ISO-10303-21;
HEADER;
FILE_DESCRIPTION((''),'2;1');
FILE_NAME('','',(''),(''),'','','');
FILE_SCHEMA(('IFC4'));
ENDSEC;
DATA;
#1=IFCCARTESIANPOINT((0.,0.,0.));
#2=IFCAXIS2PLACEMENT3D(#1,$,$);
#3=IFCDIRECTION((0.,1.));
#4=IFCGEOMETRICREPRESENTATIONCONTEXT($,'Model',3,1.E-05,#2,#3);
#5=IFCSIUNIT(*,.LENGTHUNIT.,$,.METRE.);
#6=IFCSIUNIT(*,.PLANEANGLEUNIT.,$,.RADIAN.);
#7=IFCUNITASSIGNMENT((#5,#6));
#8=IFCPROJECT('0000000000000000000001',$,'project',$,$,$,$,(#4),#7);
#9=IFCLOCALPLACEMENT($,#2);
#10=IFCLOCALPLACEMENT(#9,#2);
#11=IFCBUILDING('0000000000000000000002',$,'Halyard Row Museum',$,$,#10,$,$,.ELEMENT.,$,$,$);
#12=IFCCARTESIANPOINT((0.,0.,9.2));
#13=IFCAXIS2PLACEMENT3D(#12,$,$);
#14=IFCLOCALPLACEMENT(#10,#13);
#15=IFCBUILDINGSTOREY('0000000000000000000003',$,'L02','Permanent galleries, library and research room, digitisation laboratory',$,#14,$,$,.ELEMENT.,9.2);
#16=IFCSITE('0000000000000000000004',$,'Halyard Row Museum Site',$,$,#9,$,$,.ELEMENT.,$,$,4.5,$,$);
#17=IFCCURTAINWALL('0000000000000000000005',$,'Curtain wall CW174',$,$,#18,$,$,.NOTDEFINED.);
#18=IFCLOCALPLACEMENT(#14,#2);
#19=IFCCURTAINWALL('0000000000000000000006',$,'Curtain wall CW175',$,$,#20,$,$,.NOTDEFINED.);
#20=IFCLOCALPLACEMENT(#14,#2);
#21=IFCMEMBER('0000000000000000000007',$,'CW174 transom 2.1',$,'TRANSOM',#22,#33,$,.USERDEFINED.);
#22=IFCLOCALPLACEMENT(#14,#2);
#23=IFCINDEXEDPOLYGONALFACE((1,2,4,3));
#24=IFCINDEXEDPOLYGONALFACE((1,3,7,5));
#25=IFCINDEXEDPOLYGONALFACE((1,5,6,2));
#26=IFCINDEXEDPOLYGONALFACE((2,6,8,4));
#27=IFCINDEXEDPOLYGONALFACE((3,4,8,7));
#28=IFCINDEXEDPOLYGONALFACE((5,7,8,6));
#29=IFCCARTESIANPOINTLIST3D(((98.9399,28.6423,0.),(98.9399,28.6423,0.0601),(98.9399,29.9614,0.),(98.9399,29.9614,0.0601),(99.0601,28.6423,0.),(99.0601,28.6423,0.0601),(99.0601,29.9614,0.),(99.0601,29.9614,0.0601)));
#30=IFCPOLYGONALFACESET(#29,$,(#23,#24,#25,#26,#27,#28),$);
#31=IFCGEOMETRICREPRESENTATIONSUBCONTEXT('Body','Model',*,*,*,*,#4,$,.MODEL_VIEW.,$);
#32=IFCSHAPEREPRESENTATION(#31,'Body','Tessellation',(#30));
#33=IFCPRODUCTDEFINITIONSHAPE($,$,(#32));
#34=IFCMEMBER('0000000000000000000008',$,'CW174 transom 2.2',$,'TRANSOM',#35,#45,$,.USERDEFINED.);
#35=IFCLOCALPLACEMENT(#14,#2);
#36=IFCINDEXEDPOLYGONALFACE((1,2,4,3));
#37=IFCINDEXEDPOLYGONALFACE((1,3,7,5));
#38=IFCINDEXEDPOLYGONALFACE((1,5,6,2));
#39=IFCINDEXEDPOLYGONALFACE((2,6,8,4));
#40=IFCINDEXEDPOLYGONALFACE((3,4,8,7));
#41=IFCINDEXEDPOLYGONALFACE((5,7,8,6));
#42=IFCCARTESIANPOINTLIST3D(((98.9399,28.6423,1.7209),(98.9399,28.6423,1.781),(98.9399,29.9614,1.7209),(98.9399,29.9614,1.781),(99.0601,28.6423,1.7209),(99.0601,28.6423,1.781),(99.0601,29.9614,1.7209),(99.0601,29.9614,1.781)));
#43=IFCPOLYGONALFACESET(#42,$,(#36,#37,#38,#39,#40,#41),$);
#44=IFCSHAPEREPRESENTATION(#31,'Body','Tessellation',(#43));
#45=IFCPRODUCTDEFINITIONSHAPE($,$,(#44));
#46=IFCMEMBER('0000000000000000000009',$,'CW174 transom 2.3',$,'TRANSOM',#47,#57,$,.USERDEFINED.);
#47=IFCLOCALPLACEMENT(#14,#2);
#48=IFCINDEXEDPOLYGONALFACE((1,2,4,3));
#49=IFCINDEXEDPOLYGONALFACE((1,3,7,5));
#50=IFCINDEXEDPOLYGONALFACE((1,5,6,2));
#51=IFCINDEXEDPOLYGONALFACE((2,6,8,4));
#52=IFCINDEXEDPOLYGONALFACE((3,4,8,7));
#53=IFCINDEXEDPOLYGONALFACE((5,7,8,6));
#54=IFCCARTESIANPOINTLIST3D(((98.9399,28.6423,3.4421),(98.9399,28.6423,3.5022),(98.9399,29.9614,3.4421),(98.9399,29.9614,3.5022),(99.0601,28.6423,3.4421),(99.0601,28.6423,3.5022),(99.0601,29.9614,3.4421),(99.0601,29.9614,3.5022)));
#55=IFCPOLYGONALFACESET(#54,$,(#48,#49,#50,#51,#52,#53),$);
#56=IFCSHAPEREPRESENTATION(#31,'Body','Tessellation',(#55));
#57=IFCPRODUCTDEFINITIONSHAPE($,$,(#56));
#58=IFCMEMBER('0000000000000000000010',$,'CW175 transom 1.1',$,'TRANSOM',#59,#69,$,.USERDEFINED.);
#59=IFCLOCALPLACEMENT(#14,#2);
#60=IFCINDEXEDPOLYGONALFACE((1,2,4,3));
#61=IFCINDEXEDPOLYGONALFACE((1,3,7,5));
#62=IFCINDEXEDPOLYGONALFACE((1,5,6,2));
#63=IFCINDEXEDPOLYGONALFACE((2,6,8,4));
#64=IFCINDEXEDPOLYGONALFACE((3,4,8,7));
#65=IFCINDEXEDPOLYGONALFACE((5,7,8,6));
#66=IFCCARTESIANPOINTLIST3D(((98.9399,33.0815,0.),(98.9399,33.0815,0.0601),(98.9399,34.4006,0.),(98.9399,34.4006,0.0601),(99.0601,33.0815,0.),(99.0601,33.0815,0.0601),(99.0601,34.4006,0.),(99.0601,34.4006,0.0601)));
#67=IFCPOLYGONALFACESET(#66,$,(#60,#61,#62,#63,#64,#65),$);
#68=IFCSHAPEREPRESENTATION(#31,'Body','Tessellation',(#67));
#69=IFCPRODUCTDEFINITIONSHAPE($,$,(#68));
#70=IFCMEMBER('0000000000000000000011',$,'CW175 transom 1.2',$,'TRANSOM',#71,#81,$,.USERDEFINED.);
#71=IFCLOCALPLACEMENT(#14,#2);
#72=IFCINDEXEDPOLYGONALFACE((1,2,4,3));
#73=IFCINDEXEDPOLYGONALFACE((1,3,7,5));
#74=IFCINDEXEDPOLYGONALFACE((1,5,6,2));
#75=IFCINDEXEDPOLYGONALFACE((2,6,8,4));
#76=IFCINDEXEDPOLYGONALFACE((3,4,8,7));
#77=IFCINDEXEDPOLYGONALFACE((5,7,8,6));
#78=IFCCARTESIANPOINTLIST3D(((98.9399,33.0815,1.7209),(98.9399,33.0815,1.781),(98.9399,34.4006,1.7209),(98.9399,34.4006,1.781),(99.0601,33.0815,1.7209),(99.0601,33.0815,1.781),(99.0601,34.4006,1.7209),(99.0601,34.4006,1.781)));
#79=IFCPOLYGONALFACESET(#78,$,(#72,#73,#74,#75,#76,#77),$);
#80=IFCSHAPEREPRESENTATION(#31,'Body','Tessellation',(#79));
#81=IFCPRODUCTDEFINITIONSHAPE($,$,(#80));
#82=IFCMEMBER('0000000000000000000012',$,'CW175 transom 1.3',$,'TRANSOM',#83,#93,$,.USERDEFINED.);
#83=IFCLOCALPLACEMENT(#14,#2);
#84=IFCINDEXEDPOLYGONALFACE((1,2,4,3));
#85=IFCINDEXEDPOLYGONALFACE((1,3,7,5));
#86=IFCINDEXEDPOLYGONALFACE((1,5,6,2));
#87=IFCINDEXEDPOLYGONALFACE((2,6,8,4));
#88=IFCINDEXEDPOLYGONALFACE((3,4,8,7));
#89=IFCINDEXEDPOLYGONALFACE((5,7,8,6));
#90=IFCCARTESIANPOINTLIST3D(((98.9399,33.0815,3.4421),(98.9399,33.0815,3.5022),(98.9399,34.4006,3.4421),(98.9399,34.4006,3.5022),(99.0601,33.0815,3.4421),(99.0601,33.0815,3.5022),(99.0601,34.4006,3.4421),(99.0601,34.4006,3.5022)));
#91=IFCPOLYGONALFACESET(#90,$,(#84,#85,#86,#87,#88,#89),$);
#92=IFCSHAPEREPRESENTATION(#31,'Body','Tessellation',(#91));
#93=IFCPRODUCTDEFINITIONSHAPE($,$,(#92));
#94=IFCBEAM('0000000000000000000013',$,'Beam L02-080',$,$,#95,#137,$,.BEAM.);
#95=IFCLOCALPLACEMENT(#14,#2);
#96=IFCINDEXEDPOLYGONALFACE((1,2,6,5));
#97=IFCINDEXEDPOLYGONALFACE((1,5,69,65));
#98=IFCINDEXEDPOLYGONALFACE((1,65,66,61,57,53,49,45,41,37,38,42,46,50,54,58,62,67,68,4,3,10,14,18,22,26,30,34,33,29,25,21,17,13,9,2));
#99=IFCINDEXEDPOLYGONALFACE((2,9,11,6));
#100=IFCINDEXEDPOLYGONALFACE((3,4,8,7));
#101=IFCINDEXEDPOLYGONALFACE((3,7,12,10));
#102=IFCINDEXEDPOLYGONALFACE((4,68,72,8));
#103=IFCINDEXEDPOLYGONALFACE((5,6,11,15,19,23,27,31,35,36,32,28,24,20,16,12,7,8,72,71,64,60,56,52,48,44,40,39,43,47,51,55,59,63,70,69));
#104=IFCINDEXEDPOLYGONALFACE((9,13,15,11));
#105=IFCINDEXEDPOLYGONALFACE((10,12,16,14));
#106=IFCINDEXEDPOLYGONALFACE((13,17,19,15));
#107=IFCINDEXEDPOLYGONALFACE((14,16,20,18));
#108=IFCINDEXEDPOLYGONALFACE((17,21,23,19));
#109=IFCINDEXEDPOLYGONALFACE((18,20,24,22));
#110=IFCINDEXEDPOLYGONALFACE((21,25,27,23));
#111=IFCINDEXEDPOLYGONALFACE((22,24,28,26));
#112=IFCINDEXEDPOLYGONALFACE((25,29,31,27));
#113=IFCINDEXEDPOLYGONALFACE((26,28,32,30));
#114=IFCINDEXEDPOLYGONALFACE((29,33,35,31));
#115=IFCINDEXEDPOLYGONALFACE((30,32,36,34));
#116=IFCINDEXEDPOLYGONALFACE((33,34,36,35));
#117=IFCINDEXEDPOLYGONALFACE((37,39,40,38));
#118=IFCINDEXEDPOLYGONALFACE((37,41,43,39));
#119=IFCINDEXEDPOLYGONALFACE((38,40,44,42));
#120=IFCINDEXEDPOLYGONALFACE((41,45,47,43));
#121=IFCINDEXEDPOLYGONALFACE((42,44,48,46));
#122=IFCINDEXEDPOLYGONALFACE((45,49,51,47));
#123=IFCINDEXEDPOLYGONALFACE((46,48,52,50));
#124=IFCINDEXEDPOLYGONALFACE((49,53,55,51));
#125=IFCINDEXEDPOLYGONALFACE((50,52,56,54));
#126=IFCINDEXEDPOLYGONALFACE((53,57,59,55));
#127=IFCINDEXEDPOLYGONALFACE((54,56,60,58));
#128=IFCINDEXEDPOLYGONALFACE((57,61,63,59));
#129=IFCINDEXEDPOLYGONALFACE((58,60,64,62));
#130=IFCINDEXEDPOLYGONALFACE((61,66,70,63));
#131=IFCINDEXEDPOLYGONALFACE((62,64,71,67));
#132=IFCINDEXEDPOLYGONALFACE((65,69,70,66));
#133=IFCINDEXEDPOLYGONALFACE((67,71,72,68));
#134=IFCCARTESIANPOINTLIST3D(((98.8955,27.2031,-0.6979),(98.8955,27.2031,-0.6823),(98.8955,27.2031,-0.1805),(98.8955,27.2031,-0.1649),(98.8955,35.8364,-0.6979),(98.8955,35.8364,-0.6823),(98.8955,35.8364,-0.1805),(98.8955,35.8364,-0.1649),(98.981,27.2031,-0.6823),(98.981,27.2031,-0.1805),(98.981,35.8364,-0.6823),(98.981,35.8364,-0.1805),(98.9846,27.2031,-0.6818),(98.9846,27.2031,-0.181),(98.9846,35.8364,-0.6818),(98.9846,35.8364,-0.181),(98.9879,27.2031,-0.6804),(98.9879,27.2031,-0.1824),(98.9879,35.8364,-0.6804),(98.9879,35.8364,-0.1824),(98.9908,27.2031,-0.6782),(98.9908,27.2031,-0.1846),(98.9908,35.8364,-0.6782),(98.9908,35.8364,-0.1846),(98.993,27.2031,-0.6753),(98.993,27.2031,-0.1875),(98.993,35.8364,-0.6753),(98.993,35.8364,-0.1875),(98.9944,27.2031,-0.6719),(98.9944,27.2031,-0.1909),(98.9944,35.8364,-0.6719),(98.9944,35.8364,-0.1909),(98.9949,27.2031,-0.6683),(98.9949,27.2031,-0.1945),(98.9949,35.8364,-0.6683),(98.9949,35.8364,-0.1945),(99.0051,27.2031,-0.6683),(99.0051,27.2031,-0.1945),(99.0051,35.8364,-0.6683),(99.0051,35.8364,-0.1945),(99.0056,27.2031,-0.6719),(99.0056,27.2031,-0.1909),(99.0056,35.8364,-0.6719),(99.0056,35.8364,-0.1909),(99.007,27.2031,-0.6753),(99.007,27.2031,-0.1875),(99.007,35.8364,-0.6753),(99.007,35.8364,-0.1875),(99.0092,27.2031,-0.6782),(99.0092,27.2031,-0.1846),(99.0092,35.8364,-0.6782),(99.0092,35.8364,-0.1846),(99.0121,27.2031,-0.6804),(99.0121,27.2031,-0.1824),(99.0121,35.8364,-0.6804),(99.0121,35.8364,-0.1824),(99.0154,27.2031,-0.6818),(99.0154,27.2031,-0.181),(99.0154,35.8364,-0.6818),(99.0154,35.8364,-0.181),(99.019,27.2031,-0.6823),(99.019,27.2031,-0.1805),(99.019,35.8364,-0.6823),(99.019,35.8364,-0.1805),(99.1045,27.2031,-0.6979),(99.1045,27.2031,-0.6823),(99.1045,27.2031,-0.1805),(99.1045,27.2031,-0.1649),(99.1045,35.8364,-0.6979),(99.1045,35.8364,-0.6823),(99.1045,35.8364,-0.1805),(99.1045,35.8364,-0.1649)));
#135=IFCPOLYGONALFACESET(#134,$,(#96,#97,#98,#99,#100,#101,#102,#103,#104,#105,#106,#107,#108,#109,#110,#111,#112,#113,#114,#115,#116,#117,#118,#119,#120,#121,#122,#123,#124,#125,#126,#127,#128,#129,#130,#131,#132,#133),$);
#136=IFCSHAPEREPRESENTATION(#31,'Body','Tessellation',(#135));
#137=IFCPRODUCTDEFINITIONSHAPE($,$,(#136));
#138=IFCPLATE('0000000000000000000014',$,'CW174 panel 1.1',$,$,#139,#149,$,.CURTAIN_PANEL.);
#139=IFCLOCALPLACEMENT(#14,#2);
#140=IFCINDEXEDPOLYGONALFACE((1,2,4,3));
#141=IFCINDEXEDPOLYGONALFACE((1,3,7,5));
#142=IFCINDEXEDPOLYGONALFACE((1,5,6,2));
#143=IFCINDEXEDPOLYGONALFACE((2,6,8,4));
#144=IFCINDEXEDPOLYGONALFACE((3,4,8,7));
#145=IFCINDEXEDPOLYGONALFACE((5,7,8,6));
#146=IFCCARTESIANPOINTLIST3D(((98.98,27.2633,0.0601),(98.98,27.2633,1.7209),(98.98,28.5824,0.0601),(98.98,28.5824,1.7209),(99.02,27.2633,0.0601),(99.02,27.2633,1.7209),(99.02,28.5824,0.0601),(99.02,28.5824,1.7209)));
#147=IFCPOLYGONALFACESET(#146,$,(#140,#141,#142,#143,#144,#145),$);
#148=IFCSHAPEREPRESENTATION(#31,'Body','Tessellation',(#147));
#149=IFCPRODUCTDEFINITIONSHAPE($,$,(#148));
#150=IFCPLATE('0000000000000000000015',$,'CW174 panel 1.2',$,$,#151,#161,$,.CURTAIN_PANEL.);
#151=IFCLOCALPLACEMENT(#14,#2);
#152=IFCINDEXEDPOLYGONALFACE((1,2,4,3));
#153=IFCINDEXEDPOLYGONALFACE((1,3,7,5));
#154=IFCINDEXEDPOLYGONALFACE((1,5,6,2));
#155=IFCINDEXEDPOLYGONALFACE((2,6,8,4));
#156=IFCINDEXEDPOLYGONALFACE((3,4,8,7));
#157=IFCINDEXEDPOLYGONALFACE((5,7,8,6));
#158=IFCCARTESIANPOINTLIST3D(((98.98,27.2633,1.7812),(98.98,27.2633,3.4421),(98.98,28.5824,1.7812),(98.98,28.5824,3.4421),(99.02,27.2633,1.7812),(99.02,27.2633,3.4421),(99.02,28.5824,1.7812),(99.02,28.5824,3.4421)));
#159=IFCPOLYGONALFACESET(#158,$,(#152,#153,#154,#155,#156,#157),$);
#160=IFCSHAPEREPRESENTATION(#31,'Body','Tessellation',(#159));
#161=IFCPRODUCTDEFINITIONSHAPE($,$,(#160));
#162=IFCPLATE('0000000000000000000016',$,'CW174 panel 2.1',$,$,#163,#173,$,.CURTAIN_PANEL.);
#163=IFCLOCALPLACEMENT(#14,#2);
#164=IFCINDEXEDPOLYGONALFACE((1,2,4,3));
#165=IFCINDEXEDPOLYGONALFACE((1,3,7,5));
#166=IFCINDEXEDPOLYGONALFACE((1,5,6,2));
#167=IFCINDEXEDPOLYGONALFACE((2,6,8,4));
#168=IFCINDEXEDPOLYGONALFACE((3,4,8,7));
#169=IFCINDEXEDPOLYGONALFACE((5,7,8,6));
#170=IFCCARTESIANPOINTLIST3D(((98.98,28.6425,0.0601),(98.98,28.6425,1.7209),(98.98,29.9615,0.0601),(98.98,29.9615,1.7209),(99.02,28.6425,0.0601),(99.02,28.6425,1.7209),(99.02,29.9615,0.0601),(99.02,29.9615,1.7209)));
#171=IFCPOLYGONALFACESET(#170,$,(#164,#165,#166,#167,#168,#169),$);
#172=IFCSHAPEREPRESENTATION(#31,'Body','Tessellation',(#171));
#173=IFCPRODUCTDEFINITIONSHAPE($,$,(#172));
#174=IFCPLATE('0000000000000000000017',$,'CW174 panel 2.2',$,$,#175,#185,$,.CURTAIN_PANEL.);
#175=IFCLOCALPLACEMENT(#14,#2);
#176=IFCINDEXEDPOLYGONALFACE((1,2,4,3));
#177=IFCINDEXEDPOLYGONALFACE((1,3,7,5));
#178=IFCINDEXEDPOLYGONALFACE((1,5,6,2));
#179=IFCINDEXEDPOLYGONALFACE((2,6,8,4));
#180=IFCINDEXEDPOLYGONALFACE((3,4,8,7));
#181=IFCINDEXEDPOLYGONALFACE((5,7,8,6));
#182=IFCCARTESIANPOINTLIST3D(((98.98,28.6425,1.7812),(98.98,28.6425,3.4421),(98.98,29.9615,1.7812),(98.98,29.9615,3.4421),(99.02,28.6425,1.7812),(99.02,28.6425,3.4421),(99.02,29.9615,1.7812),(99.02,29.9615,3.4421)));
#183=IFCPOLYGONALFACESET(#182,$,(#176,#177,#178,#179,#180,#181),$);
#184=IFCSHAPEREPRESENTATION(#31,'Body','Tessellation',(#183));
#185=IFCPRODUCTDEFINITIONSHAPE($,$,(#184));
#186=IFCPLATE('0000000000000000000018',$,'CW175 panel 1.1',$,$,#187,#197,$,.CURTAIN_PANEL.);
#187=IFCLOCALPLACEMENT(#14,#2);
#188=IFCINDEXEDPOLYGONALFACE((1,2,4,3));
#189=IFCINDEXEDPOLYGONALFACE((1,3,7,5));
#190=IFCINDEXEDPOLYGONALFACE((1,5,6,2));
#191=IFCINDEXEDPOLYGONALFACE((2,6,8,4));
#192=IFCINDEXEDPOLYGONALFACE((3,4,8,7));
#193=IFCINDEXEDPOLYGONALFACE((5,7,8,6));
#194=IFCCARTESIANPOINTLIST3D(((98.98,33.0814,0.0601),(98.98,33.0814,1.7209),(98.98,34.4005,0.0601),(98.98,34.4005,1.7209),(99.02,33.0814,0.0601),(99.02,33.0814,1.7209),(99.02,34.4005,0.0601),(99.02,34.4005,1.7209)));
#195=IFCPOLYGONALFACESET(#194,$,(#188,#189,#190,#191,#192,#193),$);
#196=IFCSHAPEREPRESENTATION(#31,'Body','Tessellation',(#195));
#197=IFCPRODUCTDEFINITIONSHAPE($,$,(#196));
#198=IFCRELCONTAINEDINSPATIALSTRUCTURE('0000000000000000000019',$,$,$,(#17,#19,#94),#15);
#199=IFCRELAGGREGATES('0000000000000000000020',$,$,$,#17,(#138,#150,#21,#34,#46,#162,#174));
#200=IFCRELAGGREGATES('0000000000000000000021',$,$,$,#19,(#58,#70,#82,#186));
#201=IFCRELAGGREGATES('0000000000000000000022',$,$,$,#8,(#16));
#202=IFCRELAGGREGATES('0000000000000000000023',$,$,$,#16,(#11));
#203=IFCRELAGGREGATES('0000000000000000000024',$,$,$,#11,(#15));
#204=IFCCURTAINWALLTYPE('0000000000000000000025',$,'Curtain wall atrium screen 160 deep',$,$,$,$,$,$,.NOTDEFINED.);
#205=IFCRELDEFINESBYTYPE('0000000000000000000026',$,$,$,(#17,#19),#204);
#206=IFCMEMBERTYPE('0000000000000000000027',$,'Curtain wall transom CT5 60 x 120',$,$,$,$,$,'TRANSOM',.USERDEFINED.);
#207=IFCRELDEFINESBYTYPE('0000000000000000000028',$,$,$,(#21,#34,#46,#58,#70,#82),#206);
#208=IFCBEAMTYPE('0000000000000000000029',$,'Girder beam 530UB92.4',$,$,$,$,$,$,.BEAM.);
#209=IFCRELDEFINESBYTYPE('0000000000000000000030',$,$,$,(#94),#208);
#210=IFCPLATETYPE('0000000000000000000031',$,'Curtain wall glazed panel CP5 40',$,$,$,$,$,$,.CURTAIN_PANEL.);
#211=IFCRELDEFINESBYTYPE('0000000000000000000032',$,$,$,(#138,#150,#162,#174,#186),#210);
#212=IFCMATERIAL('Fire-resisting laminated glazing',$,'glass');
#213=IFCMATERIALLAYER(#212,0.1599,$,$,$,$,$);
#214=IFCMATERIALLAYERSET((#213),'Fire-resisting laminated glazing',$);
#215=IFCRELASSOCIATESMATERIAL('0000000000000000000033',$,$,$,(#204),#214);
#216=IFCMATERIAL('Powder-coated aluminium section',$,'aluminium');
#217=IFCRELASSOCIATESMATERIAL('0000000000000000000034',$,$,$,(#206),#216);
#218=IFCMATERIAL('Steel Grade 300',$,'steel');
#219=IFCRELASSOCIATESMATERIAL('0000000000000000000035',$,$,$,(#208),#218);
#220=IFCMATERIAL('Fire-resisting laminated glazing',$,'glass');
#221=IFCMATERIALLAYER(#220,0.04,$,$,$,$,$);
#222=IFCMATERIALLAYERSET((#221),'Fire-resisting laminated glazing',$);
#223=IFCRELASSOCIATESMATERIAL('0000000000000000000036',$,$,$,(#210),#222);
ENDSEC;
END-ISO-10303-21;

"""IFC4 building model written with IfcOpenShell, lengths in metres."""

from ifc_helpers import new_model, si_unit, direction, frame, origin, origin_2d, place, context, subcontext, project, spatial, rectangle, i_section, extrude, material, layer, layer_set, material_profile, profile_set, type_object, element, aggregate, save


model = new_model("IFC4")

# Units and contexts
model_context = context("Model", 3, precision=1e-05, world=origin(), true_north=direction((0.0, 1.0)))
body_context = subcontext(model_context, "Body", "Model", "MODEL_VIEW")
ifc_project = project(units=[si_unit("LENGTHUNIT", "METRE"), si_unit("PLANEANGLEUNIT", "RADIAN")], contexts=[model_context])

# Site, building, storey
site_placement = place(None, origin())
site = spatial("IfcSite", under=ifc_project, at=site_placement, Name="Halyard Row Museum Site", CompositionType="ELEMENT", RefElevation=4.5)
building_placement = place(site_placement, origin())
building = spatial("IfcBuilding", under=site, at=building_placement, Name="Halyard Row Museum", CompositionType="ELEMENT")
storey_placement = place(building_placement, frame((0.0, 0.0, 9.2)))
storey = spatial("IfcBuildingStorey", under=building, at=storey_placement, Name="L02", Description="Permanent galleries, library and research room, digitisation laboratory", CompositionType="ELEMENT", Elevation=9.2)

# Shared definitions
ifc_material_1 = material(Name="Fire-resisting laminated glazing", Category="glass")
ifc_layer_1 = layer(ifc_material_1, 0.1599)
ifc_layer_set_1 = layer_set([ifc_layer_1], Name="Fire-resisting laminated glazing")
curtain_wall_type = type_object("IfcCurtainWallType", Name="Curtain wall atrium screen 160 deep", PredefinedType="NOTDEFINED", material=ifc_layer_set_1)

# Curtain wall
curtain_wall_1_placement = place(storey_placement, origin())
curtain_wall_1 = element("IfcCurtainWall", 1, at=curtain_wall_1_placement, inside=storey, type_object=curtain_wall_type, Name="Curtain wall CW174", PredefinedType="NOTDEFINED")

# Curtain wall
curtain_wall_2_placement = place(storey_placement, origin())
curtain_wall_2 = element("IfcCurtainWall", 2, at=curtain_wall_2_placement, inside=storey, type_object=curtain_wall_type, Name="Curtain wall CW175", PredefinedType="NOTDEFINED")

# Members
ifc_material_2 = material(Name="Powder-coated aluminium section", Category="aluminium")
ifc_material_profile_1 = material_profile(ifc_material_2, rectangle(XDim=0.1201, YDim=0.0601, at=origin_2d()), Name="120x60 transom")
ifc_profile_set_1 = profile_set([ifc_material_profile_1], Name="Powder-coated aluminium section")
member_type_1 = type_object("IfcMemberType", Name="Curtain wall transom CT5 60 x 120", ElementType="TRANSOM", PredefinedType="USERDEFINED", material=ifc_profile_set_1)
member_1_placement = place(storey_placement, frame((99.0, 28.6423, 0.03), z_axis=(0.0, 1.0, 0.0), x_axis=(-1.0, 0.0, 0.0)))
member_1 = element("IfcMember", 3, at=member_1_placement, type_object=member_type_1, Name="CW174 transom 2.1", ObjectType="TRANSOM", PredefinedType="USERDEFINED", context=body_context, shape_type="SweptSolid", body=[
    extrude(rectangle(XDim=0.1201, YDim=0.0601, at=origin_2d()), origin(), (0.0, 0.0, 1.0), 1.3191),
])
member_2_placement = place(storey_placement, frame((99.0, 28.6423, 1.751), z_axis=(0.0, 1.0, 0.0), x_axis=(-1.0, 0.0, 0.0)))
member_2 = element("IfcMember", 4, at=member_2_placement, type_object=member_type_1, Name="CW174 transom 2.2", ObjectType="TRANSOM", PredefinedType="USERDEFINED", context=body_context, shape_type="SweptSolid", body=[
    extrude(rectangle(XDim=0.1201, YDim=0.0601, at=origin_2d()), origin(), (0.0, 0.0, 1.0), 1.3191),
])
member_3_placement = place(storey_placement, frame((99.0, 28.6423, 3.4722), z_axis=(0.0, 1.0, 0.0), x_axis=(-1.0, 0.0, 0.0)))
member_3 = element("IfcMember", 5, at=member_3_placement, type_object=member_type_1, Name="CW174 transom 2.3", ObjectType="TRANSOM", PredefinedType="USERDEFINED", context=body_context, shape_type="SweptSolid", body=[
    extrude(rectangle(XDim=0.1201, YDim=0.0601, at=origin_2d()), origin(), (0.0, 0.0, 1.0), 1.3191),
])
member_4_placement = place(storey_placement, frame((99.0, 33.0815, 0.03), z_axis=(0.0, 1.0, 0.0), x_axis=(-1.0, 0.0, 0.0)))
member_4 = element("IfcMember", 6, at=member_4_placement, type_object=member_type_1, Name="CW175 transom 1.1", ObjectType="TRANSOM", PredefinedType="USERDEFINED", context=body_context, shape_type="SweptSolid", body=[
    extrude(rectangle(XDim=0.1201, YDim=0.0601, at=origin_2d()), origin(), (0.0, 0.0, 1.0), 1.3191),
])
member_5_placement = place(storey_placement, frame((99.0, 33.0815, 1.751), z_axis=(0.0, 1.0, 0.0), x_axis=(-1.0, 0.0, 0.0)))
member_5 = element("IfcMember", 7, at=member_5_placement, type_object=member_type_1, Name="CW175 transom 1.2", ObjectType="TRANSOM", PredefinedType="USERDEFINED", context=body_context, shape_type="SweptSolid", body=[
    extrude(rectangle(XDim=0.1201, YDim=0.0601, at=origin_2d()), origin(), (0.0, 0.0, 1.0), 1.3191),
])
member_6_placement = place(storey_placement, frame((99.0, 33.0815, 3.4722), z_axis=(0.0, 1.0, 0.0), x_axis=(-1.0, 0.0, 0.0)))
member_6 = element("IfcMember", 8, at=member_6_placement, type_object=member_type_1, Name="CW175 transom 1.3", ObjectType="TRANSOM", PredefinedType="USERDEFINED", context=body_context, shape_type="SweptSolid", body=[
    extrude(rectangle(XDim=0.1201, YDim=0.0601, at=origin_2d()), origin(), (0.0, 0.0, 1.0), 1.3191),
])

# Beam
ifc_material_3 = material(Name="Steel Grade 300", Category="steel")
ifc_material_profile_2 = material_profile(ifc_material_3, i_section(OverallWidth=0.209, OverallDepth=0.533, WebThickness=0.0103, FlangeThickness=0.0156, FilletRadius=0.0139, at=origin_2d()), Name="530UB92.4")
ifc_profile_set_2 = profile_set([ifc_material_profile_2], Name="Steel Grade 300")
beam_type = type_object("IfcBeamType", Name="Girder beam 530UB92.4", PredefinedType="BEAM", material=ifc_profile_set_2)
beam_placement = place(storey_placement, frame((99.0, 27.2031, -0.4314), z_axis=(0.0, 1.0, 0.0), x_axis=(-1.0, 0.0, 0.0)))
element("IfcBeam", 9, at=beam_placement, inside=storey, type_object=beam_type, Name="Beam L02-080", PredefinedType="BEAM", context=body_context, shape_type="SweptSolid", body=[
    extrude(i_section(OverallWidth=0.209, OverallDepth=0.533, WebThickness=0.0103, FlangeThickness=0.0156, FilletRadius=0.0139, at=origin_2d()), origin(), (0.0, 0.0, 1.0), 8.6333),
])

# Plates
ifc_material_4 = material(Name="Fire-resisting laminated glazing", Category="glass")
ifc_layer_2 = layer(ifc_material_4, 0.04)
ifc_layer_set_2 = layer_set([ifc_layer_2], Name="Fire-resisting laminated glazing")
plate_type = type_object("IfcPlateType", Name="Curtain wall glazed panel CP5 40", PredefinedType="CURTAIN_PANEL", material=ifc_layer_set_2)
plate_1_placement = place(storey_placement, frame((99.0, 27.9229, 0.0601), z_axis=(0.0, 0.0, 1.0), x_axis=(0.0, 1.0, 0.0)))
plate_1 = element("IfcPlate", 10, at=plate_1_placement, type_object=plate_type, Name="CW174 panel 1.1", PredefinedType="CURTAIN_PANEL", context=body_context, shape_type="SweptSolid", body=[
    extrude(rectangle(XDim=1.3191, YDim=0.04, at=origin_2d()), origin(), (0.0, 0.0, 1.0), 1.6609),
])
plate_2_placement = place(storey_placement, frame((99.0, 27.9229, 1.7812), z_axis=(0.0, 0.0, 1.0), x_axis=(0.0, 1.0, 0.0)))
plate_2 = element("IfcPlate", 11, at=plate_2_placement, type_object=plate_type, Name="CW174 panel 1.2", PredefinedType="CURTAIN_PANEL", context=body_context, shape_type="SweptSolid", body=[
    extrude(rectangle(XDim=1.3191, YDim=0.04, at=origin_2d()), origin(), (0.0, 0.0, 1.0), 1.6609),
])
plate_3_placement = place(storey_placement, frame((99.0, 29.302, 0.0601), z_axis=(0.0, 0.0, 1.0), x_axis=(0.0, 1.0, 0.0)))
plate_3 = element("IfcPlate", 12, at=plate_3_placement, type_object=plate_type, Name="CW174 panel 2.1", PredefinedType="CURTAIN_PANEL", context=body_context, shape_type="SweptSolid", body=[
    extrude(rectangle(XDim=1.3191, YDim=0.04, at=origin_2d()), origin(), (0.0, 0.0, 1.0), 1.6609),
])
plate_4_placement = place(storey_placement, frame((99.0, 29.302, 1.7812), z_axis=(0.0, 0.0, 1.0), x_axis=(0.0, 1.0, 0.0)))
plate_4 = element("IfcPlate", 13, at=plate_4_placement, type_object=plate_type, Name="CW174 panel 2.2", PredefinedType="CURTAIN_PANEL", context=body_context, shape_type="SweptSolid", body=[
    extrude(rectangle(XDim=1.3191, YDim=0.04, at=origin_2d()), origin(), (0.0, 0.0, 1.0), 1.6609),
])
aggregate(curtain_wall_1, [plate_1, plate_2, member_1, member_2, member_3, plate_3, plate_4])
plate_5_placement = place(storey_placement, frame((99.0, 33.741, 0.0601), z_axis=(0.0, 0.0, 1.0), x_axis=(0.0, 1.0, 0.0)))
plate_5 = element("IfcPlate", 14, at=plate_5_placement, type_object=plate_type, Name="CW175 panel 1.1", PredefinedType="CURTAIN_PANEL", context=body_context, shape_type="SweptSolid", body=[
    extrude(rectangle(XDim=1.3191, YDim=0.04, at=origin_2d()), origin(), (0.0, 0.0, 1.0), 1.6609),
])
aggregate(curtain_wall_2, [member_4, member_5, member_6, plate_5])

save(model, "model.ifc")
